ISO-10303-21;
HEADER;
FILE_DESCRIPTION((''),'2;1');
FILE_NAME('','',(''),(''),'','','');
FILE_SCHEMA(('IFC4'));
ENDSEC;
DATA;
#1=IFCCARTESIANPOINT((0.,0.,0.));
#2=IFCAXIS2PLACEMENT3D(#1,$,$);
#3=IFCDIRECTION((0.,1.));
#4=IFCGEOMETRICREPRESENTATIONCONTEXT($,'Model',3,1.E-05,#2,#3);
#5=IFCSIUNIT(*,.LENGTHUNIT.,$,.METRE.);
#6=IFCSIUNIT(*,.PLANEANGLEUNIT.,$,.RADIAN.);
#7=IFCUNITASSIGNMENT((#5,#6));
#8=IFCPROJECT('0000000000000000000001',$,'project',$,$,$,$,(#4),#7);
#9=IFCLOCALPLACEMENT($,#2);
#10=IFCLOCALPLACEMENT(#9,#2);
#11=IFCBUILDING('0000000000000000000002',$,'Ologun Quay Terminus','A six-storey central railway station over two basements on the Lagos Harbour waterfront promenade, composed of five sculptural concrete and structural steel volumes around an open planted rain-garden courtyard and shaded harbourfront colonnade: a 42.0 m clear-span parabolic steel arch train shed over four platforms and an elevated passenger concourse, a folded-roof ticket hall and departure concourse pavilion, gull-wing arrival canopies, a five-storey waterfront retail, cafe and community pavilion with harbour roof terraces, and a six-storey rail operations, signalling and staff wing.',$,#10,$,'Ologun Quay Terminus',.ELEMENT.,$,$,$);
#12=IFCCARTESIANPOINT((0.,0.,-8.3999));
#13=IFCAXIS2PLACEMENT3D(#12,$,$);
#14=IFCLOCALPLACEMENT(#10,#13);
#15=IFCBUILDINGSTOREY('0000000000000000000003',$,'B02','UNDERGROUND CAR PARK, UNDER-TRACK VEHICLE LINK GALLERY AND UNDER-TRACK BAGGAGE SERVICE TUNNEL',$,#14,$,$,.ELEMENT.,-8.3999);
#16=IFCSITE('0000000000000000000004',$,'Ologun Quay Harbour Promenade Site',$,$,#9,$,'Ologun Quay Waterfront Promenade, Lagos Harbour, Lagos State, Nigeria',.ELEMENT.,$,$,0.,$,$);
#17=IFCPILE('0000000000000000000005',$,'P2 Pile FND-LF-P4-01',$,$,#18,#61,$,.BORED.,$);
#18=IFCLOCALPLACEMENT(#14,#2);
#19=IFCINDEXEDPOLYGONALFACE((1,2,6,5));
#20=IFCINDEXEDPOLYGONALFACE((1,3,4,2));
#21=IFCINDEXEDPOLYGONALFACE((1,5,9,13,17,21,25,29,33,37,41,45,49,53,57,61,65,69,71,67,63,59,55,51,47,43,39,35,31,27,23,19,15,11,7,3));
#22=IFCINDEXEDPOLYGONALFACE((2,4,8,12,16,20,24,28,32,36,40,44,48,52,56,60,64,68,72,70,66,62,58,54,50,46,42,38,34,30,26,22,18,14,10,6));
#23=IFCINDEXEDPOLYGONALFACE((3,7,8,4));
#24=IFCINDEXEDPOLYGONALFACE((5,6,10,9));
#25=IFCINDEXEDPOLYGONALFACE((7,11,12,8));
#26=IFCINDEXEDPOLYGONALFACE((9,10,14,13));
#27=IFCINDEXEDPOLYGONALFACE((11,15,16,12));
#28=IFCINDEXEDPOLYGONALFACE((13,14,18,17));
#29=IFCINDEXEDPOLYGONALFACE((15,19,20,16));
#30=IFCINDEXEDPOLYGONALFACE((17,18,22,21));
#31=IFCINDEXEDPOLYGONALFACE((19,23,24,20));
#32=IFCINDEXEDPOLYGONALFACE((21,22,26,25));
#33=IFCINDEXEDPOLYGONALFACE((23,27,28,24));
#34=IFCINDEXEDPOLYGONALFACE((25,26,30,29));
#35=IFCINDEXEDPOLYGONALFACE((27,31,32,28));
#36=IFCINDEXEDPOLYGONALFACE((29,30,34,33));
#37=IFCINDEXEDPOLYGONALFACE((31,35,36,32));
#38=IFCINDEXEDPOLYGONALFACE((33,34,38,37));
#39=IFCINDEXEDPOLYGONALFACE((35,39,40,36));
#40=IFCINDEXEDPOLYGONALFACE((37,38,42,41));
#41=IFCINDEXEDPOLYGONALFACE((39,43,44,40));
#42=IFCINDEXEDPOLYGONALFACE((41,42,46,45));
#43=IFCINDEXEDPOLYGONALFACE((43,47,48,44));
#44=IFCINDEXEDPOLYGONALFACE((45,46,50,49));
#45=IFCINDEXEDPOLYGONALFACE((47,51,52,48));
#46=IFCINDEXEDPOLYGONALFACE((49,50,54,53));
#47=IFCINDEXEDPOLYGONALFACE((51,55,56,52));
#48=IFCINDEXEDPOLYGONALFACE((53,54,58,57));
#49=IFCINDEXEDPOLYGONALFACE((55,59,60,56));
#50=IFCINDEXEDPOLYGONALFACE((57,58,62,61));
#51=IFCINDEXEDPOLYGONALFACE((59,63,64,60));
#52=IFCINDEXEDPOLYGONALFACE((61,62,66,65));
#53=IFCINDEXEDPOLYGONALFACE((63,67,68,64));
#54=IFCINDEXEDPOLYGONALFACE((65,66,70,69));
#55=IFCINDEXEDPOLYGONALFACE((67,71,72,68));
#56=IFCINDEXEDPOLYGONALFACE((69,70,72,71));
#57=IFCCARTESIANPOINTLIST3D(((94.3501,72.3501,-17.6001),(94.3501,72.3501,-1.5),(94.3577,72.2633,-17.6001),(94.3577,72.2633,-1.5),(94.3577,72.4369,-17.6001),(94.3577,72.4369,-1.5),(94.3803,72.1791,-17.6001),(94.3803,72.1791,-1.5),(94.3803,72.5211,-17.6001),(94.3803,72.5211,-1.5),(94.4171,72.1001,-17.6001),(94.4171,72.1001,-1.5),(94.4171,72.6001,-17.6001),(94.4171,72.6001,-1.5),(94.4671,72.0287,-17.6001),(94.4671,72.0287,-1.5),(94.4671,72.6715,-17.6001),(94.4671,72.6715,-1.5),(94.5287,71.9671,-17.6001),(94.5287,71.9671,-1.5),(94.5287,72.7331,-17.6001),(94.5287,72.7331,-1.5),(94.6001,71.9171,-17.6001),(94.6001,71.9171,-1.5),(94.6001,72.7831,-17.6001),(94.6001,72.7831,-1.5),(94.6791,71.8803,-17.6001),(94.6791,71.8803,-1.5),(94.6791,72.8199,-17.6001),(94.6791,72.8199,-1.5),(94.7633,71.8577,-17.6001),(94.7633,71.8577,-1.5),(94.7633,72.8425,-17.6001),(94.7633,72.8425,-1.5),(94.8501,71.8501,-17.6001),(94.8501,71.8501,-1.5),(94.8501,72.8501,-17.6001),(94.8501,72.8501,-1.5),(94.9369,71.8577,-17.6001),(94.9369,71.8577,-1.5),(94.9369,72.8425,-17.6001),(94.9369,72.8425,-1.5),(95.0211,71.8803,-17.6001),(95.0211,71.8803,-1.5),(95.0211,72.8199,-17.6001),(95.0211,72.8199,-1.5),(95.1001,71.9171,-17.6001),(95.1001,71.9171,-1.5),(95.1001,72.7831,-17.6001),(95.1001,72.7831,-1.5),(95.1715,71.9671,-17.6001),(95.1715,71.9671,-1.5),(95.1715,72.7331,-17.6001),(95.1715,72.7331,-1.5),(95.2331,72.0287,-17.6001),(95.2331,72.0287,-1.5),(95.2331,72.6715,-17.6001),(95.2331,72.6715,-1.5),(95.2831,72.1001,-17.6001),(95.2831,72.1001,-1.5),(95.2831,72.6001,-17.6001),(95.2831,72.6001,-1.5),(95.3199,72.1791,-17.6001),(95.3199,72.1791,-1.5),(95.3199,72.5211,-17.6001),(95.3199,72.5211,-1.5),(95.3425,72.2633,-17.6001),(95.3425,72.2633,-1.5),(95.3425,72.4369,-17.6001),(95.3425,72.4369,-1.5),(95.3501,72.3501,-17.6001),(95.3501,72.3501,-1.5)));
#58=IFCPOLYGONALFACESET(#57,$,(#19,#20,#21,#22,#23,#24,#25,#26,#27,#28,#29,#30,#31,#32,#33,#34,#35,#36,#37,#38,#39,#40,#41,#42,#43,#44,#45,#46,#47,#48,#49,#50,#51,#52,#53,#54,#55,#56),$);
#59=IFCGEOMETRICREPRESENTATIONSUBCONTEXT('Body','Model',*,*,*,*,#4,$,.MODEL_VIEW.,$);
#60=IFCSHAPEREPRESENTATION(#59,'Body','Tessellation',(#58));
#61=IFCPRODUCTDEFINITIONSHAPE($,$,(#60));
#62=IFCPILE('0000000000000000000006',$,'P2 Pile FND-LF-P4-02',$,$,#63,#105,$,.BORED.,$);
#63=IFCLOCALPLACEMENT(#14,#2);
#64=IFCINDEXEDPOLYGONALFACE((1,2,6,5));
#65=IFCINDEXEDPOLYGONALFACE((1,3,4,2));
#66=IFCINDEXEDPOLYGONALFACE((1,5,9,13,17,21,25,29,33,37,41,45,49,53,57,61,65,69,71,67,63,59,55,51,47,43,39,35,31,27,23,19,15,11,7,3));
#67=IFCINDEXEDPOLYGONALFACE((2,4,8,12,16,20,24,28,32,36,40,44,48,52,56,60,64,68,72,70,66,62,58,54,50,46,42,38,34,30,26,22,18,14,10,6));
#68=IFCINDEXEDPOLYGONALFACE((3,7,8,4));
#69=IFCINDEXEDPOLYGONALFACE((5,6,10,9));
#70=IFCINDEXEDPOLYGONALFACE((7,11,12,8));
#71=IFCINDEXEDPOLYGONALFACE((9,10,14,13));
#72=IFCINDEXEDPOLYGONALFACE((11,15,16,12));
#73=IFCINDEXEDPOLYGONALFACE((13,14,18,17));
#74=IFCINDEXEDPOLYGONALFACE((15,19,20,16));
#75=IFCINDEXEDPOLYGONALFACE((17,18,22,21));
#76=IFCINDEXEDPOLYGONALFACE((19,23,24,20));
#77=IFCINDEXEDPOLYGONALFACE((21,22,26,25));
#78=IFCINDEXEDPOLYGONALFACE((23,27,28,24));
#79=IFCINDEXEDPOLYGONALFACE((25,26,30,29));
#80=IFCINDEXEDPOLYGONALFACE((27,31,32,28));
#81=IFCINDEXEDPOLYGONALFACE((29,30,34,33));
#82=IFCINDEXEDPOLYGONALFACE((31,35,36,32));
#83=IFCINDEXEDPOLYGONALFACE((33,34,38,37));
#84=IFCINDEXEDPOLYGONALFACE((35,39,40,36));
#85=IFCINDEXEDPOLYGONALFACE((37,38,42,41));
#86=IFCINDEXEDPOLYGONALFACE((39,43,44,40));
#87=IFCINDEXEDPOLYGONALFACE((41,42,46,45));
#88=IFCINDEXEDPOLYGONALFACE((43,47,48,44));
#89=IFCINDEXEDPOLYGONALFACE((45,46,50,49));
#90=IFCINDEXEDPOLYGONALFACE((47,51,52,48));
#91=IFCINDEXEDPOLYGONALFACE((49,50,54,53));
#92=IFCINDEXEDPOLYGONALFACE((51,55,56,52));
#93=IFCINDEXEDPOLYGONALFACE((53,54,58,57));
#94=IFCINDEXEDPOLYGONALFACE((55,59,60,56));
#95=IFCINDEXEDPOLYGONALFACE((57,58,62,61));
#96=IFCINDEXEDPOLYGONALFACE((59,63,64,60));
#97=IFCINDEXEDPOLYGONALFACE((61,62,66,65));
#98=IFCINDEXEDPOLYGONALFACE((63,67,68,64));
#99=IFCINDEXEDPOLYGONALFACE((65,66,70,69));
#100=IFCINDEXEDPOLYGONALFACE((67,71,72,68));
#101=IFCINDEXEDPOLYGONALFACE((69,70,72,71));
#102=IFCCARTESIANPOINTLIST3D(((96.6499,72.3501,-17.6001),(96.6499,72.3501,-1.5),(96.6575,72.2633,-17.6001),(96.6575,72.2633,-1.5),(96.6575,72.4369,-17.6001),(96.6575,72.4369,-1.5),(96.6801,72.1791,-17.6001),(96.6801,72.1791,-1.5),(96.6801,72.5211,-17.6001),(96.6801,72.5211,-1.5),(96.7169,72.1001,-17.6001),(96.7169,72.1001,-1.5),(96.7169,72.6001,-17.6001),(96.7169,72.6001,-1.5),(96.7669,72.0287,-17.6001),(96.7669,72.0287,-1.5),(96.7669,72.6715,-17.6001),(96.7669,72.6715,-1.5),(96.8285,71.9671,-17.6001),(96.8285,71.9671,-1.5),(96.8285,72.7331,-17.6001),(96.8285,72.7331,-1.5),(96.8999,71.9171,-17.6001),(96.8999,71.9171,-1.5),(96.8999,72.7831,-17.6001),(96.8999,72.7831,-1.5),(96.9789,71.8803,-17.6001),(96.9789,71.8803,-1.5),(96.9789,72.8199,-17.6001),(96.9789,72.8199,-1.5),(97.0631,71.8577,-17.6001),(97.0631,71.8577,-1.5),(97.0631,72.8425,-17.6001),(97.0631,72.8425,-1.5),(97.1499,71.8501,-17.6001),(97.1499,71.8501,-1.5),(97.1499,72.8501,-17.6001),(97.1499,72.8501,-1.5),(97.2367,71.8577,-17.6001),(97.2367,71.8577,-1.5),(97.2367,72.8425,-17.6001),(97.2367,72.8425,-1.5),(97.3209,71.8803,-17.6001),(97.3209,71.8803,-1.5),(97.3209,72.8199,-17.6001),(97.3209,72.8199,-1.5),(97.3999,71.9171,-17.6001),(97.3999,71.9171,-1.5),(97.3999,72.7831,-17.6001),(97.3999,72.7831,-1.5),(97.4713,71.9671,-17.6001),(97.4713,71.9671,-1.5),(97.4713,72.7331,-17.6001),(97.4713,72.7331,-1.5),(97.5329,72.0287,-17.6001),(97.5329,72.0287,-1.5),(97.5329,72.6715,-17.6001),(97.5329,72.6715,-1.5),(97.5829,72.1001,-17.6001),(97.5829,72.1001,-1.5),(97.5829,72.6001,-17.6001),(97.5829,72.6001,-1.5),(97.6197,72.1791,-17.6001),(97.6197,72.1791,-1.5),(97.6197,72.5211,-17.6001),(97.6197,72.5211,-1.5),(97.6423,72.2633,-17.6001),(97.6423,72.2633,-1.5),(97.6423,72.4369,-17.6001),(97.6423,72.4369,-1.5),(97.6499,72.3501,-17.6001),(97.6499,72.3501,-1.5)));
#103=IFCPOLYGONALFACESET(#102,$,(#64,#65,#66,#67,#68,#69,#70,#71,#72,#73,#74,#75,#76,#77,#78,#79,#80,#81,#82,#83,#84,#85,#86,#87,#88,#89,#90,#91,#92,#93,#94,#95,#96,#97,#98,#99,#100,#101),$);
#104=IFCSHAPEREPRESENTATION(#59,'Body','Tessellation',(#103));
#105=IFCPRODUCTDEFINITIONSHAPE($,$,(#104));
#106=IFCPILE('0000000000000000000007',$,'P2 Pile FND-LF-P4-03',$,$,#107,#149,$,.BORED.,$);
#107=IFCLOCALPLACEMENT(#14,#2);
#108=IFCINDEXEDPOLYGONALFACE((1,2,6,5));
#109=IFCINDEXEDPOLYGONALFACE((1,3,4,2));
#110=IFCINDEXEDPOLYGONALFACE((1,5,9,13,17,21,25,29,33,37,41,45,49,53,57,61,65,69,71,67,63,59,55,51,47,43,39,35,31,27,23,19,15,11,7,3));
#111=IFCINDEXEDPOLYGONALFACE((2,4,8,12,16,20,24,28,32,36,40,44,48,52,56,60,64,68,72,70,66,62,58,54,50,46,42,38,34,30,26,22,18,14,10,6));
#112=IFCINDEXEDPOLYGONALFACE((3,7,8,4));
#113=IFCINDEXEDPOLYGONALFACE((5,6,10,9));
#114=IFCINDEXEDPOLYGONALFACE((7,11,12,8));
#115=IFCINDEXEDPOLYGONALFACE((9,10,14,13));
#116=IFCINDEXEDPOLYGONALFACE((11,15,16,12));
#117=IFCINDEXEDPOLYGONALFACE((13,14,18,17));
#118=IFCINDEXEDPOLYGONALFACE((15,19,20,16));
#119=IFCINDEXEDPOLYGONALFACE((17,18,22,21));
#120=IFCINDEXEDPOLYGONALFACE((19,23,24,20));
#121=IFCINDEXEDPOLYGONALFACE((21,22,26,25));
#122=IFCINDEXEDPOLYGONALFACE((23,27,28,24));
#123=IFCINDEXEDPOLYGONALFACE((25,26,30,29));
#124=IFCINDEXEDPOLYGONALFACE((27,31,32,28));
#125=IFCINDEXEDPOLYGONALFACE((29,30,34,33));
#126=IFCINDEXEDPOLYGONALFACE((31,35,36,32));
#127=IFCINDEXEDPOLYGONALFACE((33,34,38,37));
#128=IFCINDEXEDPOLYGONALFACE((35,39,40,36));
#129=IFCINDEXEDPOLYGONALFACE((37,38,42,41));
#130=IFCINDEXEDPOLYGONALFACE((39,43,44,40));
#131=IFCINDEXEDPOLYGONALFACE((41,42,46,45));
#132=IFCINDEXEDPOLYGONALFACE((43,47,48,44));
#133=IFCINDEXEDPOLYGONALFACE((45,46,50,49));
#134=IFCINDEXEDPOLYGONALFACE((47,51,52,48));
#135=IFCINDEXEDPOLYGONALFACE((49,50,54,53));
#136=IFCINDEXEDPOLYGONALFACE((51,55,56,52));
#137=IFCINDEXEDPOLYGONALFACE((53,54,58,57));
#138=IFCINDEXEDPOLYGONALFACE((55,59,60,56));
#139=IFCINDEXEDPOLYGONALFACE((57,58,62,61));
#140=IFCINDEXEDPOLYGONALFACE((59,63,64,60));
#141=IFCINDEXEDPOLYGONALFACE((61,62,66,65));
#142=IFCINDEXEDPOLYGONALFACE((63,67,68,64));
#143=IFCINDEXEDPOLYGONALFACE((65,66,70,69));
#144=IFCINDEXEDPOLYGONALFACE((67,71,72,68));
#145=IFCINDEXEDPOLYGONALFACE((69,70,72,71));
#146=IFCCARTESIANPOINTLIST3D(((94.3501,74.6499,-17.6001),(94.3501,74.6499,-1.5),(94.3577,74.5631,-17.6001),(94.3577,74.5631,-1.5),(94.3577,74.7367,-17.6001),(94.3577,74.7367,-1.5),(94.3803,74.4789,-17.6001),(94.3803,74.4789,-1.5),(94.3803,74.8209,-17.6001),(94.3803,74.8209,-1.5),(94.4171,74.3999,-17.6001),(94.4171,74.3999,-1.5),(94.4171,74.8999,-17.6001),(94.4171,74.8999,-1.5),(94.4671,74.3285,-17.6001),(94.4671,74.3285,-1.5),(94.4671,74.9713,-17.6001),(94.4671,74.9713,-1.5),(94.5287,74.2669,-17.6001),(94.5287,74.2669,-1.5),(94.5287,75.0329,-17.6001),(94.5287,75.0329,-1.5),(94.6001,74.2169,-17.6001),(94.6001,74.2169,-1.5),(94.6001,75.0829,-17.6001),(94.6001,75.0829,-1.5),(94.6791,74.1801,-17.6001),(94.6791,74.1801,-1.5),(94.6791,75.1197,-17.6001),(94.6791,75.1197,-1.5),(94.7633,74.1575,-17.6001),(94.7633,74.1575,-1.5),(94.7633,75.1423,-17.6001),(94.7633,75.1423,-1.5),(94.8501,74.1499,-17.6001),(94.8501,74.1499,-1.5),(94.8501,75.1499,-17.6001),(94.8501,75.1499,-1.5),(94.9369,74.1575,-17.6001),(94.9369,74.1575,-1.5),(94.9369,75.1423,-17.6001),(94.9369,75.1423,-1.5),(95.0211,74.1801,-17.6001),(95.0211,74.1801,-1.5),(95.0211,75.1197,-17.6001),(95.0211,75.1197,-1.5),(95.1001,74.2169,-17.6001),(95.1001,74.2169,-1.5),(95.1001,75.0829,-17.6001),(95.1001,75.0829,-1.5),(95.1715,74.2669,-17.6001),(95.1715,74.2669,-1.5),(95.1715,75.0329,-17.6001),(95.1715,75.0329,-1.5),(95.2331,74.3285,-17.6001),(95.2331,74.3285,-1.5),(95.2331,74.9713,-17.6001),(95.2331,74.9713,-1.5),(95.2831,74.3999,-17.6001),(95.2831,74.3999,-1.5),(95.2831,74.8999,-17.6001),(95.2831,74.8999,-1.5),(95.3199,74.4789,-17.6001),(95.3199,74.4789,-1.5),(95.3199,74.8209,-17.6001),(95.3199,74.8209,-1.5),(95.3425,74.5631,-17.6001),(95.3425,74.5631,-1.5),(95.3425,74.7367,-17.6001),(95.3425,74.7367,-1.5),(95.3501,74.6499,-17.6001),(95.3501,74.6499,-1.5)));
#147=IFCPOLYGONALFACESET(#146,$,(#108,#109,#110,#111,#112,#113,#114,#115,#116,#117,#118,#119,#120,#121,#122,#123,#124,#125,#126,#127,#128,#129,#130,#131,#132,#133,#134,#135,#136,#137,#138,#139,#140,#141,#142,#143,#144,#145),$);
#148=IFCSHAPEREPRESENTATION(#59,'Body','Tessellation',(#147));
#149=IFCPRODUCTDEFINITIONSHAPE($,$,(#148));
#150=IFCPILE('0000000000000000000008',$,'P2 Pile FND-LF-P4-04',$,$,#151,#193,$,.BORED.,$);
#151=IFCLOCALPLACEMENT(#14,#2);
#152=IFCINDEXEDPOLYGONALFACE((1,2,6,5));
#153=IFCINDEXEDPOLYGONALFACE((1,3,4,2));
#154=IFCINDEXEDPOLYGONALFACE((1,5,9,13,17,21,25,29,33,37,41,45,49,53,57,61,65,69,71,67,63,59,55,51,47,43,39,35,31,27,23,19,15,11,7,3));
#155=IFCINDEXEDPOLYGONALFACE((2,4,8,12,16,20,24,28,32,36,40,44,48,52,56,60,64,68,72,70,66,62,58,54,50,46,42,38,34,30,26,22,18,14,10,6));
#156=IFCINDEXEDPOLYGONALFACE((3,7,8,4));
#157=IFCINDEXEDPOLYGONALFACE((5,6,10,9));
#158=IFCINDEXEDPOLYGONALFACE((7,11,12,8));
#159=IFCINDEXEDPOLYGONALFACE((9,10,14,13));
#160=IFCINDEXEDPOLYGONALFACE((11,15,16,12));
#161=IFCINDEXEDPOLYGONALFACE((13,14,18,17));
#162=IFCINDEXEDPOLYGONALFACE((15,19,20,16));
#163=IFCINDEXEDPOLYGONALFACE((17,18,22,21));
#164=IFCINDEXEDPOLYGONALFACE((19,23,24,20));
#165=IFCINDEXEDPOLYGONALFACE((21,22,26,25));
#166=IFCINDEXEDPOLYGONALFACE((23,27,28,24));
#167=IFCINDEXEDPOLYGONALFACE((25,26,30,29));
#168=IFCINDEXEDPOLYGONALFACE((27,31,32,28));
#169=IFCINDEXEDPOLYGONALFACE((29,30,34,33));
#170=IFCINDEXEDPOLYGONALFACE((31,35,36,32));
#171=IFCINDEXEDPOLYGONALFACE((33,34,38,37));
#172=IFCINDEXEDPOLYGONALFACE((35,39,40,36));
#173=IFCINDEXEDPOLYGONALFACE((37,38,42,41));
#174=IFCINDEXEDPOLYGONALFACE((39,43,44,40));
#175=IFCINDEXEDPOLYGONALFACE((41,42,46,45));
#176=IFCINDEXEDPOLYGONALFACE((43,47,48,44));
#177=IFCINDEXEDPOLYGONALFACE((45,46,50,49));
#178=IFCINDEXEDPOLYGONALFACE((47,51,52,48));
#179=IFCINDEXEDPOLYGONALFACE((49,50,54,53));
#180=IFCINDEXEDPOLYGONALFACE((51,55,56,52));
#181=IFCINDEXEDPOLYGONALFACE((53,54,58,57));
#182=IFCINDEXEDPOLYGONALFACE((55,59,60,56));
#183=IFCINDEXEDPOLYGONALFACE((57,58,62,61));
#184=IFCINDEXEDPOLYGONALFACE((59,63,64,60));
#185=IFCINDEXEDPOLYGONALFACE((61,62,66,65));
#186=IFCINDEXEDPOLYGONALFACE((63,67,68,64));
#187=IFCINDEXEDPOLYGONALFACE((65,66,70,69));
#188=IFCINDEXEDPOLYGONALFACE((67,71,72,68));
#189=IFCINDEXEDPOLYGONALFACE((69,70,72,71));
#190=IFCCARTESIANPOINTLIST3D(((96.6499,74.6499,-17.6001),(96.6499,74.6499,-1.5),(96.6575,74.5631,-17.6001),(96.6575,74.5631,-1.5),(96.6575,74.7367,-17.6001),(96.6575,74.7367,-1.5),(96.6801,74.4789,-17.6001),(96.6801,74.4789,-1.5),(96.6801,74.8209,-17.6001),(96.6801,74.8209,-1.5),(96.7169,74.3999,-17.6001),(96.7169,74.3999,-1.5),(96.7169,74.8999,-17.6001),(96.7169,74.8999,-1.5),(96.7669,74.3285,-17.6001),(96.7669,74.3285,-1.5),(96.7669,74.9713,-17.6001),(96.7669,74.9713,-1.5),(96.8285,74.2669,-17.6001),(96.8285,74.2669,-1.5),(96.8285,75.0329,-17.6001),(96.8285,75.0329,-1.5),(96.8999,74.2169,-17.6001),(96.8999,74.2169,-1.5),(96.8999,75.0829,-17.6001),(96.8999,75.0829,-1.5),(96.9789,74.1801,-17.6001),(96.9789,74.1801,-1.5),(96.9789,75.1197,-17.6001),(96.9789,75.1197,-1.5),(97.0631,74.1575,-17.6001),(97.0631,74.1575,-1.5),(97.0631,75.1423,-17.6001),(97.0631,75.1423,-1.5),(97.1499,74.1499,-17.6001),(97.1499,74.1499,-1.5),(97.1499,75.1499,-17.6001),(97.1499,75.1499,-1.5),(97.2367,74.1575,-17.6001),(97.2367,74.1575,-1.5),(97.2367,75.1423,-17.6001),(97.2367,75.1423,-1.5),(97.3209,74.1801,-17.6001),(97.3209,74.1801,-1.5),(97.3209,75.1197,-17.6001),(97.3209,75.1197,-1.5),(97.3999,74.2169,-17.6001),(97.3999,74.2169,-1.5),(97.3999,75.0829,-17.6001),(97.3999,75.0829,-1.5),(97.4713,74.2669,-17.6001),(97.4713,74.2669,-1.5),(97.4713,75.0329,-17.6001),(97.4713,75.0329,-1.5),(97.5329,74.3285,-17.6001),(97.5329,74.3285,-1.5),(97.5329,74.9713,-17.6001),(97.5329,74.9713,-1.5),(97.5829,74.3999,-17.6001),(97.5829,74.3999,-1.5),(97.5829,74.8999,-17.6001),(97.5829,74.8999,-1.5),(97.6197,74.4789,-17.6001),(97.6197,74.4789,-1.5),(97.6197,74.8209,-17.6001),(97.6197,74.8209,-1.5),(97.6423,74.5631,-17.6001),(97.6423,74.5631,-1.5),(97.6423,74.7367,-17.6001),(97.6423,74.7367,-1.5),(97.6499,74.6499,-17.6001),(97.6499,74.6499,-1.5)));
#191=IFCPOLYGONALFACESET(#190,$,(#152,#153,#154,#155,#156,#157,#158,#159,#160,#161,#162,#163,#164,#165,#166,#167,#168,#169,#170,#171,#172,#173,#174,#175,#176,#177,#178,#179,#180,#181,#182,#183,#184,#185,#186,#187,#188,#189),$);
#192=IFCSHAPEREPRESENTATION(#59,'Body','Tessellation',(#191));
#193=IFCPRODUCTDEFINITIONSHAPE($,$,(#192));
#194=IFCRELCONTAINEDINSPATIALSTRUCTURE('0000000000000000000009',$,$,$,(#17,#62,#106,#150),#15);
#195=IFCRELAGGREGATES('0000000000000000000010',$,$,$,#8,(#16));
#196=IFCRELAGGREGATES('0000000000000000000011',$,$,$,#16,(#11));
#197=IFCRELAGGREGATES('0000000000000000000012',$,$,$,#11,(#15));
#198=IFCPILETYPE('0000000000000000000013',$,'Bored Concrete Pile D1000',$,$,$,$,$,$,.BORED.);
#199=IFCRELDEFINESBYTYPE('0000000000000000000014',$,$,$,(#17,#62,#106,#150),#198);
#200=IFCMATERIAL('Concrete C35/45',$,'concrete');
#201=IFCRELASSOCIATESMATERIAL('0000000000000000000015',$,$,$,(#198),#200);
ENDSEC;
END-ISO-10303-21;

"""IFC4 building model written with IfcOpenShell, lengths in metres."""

from ifc_helpers import new_model, si_unit, direction, frame, origin, origin_2d, place, context, subcontext, project, spatial, circle, extrude, material, material_profile, profile_set, type_object, element, save


model = new_model("IFC4")

# Units and contexts
model_context = context("Model", 3, precision=1e-05, world=origin(), true_north=direction((0.0, 1.0)))
body_context = subcontext(model_context, "Body", "Model", "MODEL_VIEW")
ifc_project = project(units=[si_unit("LENGTHUNIT", "METRE"), si_unit("PLANEANGLEUNIT", "RADIAN")], contexts=[model_context])

# Site, building, storey
site_placement = place(None, origin())
site = spatial("IfcSite", under=ifc_project, at=site_placement, Name="Ologun Quay Harbour Promenade Site", LongName="Ologun Quay Waterfront Promenade, Lagos Harbour, Lagos State, Nigeria", CompositionType="ELEMENT", RefElevation=0.0)
building_placement = place(site_placement, origin())
building = spatial("IfcBuilding", under=site, at=building_placement, Name="Ologun Quay Terminus", Description="A six-storey central railway station over two basements on the Lagos Harbour waterfront promenade, composed of five sculptural concrete and structural steel volumes around an open planted rain-garden courtyard and shaded harbourfront colonnade: a 42.0 m clear-span parabolic steel arch train shed over four platforms and an elevated passenger concourse, a folded-roof ticket hall and departure concourse pavilion, gull-wing arrival canopies, a five-storey waterfront retail, cafe and community pavilion with harbour roof terraces, and a six-storey rail operations, signalling and staff wing.", LongName="Ologun Quay Terminus", CompositionType="ELEMENT")
storey_placement = place(building_placement, frame((0.0, 0.0, -8.3999)))
storey = spatial("IfcBuildingStorey", under=building, at=storey_placement, Name="B02", Description="UNDERGROUND CAR PARK, UNDER-TRACK VEHICLE LINK GALLERY AND UNDER-TRACK BAGGAGE SERVICE TUNNEL", CompositionType="ELEMENT", Elevation=-8.3999)

# Piles
ifc_material_1 = material(Name="Concrete C35/45", Category="concrete")
ifc_material_profile_1 = material_profile(ifc_material_1, circle(Radius=0.5, at=origin_2d()), Name="PILE D1000")
ifc_profile_set_1 = profile_set([ifc_material_profile_1], Name="Concrete C35/45")
pile_type_1 = type_object("IfcPileType", Name="Bored Concrete Pile D1000", PredefinedType="BORED", material=ifc_profile_set_1)
for number, where, z_axis, x_axis, name in (
    (1, (94.8501, 72.3501, -1.5), (0.0, 0.0, -1.0), (1.0, 0.0, 0.0), "P2 Pile FND-LF-P4-01"),
    (2, (97.1499, 72.3501, -1.5), (0.0, 0.0, -1.0), (1.0, 0.0, 0.0), "P2 Pile FND-LF-P4-02"),
    (3, (94.8501, 74.6499, -1.5), (0.0, 0.0, -1.0), (1.0, 0.0, 0.0), "P2 Pile FND-LF-P4-03"),
    (4, (97.1499, 74.6499, -1.5), (0.0, 0.0, -1.0), (1.0, 0.0, 0.0), "P2 Pile FND-LF-P4-04"),
):
    element("IfcPile", number, at=place(storey_placement, frame(where, z_axis=z_axis, x_axis=x_axis)), inside=storey, type_object=pile_type_1, Name=name, PredefinedType="BORED", context=body_context, shape_type="SweptSolid", body=[
        extrude(circle(Radius=0.5, at=origin_2d()), origin(), (0.0, 0.0, 1.0), 16.1001),
    ])

save(model, "model.ifc")
